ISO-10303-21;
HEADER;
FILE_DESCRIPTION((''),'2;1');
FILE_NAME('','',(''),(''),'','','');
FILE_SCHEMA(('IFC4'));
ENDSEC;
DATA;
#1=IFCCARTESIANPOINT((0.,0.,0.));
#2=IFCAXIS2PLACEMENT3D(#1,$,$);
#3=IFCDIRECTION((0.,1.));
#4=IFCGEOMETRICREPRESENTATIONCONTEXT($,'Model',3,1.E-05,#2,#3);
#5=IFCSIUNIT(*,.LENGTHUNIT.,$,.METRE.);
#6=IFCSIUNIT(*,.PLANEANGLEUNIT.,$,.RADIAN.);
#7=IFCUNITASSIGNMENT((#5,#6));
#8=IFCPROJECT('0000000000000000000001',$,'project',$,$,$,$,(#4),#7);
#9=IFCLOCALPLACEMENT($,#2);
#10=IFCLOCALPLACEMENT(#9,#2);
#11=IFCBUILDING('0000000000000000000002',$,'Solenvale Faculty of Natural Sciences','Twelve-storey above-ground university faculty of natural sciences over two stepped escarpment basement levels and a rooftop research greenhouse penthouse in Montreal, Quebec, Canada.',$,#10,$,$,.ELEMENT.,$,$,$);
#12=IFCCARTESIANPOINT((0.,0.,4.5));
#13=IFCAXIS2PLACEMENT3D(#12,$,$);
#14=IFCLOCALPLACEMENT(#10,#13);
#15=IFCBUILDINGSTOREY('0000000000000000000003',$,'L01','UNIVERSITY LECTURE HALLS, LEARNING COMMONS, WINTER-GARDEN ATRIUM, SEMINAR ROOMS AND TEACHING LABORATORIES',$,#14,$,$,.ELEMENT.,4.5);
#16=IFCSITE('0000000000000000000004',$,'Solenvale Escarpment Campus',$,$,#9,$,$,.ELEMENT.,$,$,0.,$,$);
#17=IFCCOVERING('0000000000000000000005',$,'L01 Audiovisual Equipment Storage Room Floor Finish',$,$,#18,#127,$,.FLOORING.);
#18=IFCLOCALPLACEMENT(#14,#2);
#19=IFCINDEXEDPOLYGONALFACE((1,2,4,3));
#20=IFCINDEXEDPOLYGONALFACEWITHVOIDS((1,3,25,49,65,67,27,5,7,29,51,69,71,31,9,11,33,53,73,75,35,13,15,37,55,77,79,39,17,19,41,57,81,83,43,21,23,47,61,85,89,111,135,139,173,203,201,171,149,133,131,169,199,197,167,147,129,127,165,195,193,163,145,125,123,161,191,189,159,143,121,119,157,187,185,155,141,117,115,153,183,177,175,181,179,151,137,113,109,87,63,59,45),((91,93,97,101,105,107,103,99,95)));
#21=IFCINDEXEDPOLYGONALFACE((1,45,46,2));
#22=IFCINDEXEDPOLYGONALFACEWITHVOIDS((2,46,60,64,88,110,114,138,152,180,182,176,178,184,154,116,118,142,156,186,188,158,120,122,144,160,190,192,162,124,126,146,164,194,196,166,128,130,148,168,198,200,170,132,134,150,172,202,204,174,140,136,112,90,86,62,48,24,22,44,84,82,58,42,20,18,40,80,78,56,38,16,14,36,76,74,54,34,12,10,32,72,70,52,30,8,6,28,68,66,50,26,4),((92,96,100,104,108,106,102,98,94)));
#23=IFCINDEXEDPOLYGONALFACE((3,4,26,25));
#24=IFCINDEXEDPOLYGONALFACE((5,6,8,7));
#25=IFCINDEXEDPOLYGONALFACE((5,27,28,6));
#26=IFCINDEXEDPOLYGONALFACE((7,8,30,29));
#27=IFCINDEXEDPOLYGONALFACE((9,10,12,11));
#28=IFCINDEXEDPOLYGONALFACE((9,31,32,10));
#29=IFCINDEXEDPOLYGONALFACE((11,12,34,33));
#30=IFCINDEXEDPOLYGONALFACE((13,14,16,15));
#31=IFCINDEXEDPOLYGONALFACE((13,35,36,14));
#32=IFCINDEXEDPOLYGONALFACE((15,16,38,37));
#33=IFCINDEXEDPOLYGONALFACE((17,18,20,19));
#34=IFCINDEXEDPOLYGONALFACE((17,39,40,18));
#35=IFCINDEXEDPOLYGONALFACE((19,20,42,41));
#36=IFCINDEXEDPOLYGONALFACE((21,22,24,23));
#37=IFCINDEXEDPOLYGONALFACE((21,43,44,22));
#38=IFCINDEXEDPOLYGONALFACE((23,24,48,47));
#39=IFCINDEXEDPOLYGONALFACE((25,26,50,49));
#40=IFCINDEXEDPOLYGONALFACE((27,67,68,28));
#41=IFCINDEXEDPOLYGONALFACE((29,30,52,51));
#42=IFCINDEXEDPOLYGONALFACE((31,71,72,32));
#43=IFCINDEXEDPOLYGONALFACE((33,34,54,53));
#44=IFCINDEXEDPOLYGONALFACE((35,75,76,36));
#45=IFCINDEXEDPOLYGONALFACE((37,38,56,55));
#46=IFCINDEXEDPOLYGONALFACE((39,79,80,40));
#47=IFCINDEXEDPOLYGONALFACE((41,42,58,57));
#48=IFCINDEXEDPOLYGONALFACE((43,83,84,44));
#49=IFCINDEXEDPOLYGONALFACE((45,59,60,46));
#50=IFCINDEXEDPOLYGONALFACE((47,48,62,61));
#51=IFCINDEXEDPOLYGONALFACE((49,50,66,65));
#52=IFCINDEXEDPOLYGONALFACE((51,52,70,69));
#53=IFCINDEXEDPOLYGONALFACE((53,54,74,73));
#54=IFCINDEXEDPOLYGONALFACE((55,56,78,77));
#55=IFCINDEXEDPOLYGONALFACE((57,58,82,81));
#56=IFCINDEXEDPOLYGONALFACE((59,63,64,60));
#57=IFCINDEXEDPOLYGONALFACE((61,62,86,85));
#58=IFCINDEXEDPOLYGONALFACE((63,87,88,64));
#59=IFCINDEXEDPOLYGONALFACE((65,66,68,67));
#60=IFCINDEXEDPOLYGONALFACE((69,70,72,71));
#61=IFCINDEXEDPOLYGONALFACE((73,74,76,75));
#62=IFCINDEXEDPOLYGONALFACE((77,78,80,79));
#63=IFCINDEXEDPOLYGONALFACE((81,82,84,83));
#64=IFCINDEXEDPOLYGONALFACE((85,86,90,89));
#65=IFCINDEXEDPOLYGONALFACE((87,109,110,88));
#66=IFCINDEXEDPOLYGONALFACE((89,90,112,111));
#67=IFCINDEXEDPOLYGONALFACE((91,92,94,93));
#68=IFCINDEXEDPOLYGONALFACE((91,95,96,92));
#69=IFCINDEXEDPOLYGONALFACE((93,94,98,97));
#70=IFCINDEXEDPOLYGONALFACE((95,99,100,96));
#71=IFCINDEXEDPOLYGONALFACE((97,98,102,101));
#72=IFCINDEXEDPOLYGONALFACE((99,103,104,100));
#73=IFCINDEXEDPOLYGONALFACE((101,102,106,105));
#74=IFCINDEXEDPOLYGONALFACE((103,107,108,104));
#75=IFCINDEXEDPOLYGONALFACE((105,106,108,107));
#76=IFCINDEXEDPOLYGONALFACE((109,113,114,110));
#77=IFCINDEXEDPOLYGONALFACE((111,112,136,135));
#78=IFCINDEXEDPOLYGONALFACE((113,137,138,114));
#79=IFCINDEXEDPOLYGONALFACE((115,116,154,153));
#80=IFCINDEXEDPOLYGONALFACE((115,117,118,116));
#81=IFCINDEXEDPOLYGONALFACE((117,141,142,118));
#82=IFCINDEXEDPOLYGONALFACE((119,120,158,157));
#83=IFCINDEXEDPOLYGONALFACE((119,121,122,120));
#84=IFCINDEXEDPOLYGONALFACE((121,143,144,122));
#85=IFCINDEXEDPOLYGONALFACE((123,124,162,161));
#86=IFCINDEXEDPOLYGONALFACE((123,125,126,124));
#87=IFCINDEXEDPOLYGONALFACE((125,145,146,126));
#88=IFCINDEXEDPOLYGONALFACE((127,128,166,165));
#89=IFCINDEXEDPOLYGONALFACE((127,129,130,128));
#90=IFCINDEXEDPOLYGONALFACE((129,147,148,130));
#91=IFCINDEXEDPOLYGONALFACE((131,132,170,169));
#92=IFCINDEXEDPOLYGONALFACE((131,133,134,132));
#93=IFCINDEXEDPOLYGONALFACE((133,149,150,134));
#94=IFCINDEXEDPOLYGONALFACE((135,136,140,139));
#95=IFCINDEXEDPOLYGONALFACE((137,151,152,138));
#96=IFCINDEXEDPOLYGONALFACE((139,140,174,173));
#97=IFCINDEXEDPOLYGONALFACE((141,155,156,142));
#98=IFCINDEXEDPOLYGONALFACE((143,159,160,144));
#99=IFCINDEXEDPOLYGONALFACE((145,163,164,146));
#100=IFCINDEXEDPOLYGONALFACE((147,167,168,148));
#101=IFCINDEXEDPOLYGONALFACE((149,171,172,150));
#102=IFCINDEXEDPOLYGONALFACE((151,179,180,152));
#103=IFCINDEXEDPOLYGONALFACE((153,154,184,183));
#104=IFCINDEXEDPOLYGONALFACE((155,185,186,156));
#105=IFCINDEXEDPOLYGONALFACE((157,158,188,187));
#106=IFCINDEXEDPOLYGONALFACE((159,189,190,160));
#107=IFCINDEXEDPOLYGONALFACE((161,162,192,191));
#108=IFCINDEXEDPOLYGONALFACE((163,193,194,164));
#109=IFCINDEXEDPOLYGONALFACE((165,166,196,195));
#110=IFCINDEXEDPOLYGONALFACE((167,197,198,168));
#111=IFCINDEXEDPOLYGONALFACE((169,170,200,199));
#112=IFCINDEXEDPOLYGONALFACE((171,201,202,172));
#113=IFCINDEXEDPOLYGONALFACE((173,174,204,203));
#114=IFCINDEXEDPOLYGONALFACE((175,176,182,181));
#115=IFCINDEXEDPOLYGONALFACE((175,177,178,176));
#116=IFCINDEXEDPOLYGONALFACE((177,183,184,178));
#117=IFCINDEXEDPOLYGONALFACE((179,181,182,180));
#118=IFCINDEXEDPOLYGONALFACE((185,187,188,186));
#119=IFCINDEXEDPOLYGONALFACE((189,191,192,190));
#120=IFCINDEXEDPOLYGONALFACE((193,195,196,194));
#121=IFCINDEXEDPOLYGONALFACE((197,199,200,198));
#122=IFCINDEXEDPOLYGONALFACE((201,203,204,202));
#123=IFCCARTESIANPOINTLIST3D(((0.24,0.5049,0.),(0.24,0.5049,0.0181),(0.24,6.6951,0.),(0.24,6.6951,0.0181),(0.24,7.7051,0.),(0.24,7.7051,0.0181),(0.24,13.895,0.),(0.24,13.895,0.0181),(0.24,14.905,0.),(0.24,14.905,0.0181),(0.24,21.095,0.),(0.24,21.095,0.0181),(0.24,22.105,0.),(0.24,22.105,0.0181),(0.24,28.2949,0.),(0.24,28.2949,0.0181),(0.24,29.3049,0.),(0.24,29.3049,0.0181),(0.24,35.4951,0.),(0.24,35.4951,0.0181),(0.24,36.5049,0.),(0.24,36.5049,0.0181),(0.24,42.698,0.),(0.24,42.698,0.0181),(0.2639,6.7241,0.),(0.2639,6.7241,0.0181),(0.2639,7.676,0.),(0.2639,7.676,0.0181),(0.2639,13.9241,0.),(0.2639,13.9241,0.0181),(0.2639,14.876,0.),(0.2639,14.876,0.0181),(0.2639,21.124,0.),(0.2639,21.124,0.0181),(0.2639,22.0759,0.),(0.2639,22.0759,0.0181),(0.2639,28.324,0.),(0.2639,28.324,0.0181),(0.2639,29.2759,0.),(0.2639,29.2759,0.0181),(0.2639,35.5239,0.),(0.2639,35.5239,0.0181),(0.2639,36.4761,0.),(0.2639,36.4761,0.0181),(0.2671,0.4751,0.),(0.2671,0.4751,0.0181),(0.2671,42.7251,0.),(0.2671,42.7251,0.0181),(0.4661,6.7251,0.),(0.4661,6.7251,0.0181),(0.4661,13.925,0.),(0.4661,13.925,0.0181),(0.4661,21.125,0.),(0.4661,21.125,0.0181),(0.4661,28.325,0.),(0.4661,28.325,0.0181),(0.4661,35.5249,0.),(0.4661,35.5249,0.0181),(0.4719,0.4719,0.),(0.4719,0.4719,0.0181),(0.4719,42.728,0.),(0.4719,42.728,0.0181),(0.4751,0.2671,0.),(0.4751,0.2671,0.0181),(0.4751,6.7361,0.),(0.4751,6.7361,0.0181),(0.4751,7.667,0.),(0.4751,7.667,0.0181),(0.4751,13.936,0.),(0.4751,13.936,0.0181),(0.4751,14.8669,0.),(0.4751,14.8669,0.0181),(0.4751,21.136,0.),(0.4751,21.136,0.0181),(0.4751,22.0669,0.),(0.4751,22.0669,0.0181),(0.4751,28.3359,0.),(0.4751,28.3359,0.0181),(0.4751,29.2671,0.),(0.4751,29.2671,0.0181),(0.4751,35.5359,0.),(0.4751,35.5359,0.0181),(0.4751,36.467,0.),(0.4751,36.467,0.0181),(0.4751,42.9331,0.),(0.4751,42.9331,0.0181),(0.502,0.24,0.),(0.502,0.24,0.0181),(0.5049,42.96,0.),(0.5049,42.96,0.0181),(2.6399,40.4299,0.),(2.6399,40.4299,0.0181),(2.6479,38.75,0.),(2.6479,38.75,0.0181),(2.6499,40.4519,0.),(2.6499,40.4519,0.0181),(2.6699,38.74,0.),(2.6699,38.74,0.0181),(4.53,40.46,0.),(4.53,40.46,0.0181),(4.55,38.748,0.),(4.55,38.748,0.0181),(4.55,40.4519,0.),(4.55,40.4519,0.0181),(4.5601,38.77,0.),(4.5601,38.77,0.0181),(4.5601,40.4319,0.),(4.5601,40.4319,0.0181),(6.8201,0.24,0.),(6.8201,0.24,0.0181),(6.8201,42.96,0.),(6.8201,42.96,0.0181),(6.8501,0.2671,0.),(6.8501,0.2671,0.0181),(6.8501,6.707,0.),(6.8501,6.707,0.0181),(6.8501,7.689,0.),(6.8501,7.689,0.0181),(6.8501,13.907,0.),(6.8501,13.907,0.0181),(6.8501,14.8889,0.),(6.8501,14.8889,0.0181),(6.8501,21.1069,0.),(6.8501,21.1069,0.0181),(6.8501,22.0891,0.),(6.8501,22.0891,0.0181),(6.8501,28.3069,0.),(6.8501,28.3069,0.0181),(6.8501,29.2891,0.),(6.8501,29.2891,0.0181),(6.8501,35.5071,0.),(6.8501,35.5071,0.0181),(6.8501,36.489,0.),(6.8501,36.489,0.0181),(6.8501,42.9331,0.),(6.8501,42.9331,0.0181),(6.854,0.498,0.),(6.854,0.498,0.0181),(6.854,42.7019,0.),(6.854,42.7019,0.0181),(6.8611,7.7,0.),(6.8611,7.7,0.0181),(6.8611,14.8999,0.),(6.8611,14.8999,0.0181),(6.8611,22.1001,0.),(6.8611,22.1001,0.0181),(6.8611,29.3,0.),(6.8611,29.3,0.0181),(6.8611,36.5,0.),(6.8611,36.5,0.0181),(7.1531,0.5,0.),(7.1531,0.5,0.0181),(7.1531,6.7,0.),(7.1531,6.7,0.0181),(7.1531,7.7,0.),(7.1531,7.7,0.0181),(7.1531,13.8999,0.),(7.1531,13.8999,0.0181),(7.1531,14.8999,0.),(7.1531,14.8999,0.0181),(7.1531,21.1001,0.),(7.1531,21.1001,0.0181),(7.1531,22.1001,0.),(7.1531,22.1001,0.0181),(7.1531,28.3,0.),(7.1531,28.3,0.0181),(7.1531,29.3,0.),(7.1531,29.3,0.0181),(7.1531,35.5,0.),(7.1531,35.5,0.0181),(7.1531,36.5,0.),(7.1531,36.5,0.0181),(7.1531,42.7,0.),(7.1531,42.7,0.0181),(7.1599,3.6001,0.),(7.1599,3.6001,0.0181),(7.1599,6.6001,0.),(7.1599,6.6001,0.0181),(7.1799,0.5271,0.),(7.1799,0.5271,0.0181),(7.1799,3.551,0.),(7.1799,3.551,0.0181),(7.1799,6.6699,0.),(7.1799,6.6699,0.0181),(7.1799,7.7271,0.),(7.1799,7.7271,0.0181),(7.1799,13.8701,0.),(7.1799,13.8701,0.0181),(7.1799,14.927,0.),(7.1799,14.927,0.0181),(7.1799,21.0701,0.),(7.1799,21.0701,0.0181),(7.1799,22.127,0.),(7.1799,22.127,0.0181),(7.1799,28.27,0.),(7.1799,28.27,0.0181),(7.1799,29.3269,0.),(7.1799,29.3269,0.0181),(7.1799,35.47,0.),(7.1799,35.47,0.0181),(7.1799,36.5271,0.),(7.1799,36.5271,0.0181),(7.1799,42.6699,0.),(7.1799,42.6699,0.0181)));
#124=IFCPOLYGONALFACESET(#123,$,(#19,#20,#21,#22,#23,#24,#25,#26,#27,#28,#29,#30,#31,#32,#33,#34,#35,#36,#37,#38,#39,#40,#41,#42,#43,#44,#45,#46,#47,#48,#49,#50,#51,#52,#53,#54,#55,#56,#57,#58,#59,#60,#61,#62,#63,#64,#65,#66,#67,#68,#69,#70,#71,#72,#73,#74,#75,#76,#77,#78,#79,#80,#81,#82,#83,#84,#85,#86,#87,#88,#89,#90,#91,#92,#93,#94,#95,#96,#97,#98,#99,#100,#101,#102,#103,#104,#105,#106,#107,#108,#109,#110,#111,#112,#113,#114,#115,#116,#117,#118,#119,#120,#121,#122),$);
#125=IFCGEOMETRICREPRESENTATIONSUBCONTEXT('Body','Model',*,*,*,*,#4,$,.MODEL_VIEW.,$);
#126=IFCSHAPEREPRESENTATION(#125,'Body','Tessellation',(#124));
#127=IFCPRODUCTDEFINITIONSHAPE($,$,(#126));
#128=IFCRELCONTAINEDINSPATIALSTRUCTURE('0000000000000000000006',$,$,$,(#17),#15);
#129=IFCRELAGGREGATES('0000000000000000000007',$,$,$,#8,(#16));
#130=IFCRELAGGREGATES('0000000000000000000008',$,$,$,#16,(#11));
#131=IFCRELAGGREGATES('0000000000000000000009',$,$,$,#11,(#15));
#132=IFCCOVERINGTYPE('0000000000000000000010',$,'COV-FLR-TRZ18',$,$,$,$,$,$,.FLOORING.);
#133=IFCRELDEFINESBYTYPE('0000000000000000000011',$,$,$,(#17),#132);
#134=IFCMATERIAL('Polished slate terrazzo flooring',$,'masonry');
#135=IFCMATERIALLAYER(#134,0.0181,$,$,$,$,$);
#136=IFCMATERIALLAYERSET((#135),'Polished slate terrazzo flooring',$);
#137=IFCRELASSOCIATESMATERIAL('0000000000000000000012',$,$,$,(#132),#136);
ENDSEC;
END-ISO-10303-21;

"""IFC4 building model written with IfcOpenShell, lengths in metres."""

from ifc_helpers import new_model, si_unit, direction, frame, origin, place, context, subcontext, project, spatial, polyline, outline, extrude, material, layer, layer_set, type_object, element, save


model = new_model("IFC4")

# Units and contexts
model_context = context("Model", 3, precision=1e-05, world=origin(), true_north=direction((0.0, 1.0)))
body_context = subcontext(model_context, "Body", "Model", "MODEL_VIEW")
ifc_project = project(units=[si_unit("LENGTHUNIT", "METRE"), si_unit("PLANEANGLEUNIT", "RADIAN")], contexts=[model_context])

# Site, building, storey
site_placement = place(None, origin())
site = spatial("IfcSite", under=ifc_project, at=site_placement, Name="Solenvale Escarpment Campus", CompositionType="ELEMENT", RefElevation=0.0)
building_placement = place(site_placement, origin())
building = spatial("IfcBuilding", under=site, at=building_placement, Name="Solenvale Faculty of Natural Sciences", Description="Twelve-storey above-ground university faculty of natural sciences over two stepped escarpment basement levels and a rooftop research greenhouse penthouse in Montreal, Quebec, Canada.", CompositionType="ELEMENT")
storey_placement = place(building_placement, frame((0.0, 0.0, 4.5)))
storey = spatial("IfcBuildingStorey", under=building, at=storey_placement, Name="L01", Description="UNIVERSITY LECTURE HALLS, LEARNING COMMONS, WINTER-GARDEN ATRIUM, SEMINAR ROOMS AND TEACHING LABORATORIES", CompositionType="ELEMENT", Elevation=4.5)

# Covering
ifc_material_1 = material(Name="Polished slate terrazzo flooring", Category="masonry")
ifc_layer_1 = layer(ifc_material_1, 0.0181)
ifc_layer_set_1 = layer_set([ifc_layer_1], Name="Polished slate terrazzo flooring")
covering_type_1 = type_object("IfcCoveringType", Name="COV-FLR-TRZ18", PredefinedType="FLOORING", material=ifc_layer_set_1)
covering_1_placement = place(storey_placement, origin())
element("IfcCovering", 1, at=covering_1_placement, inside=storey, type_object=covering_type_1, Name="L01 Audiovisual Equipment Storage Room Floor Finish", PredefinedType="FLOORING", context=body_context, shape_type="SweptSolid", body=[
    extrude(outline(polyline([(6.8201, 42.96), (6.8501, 42.9331), (6.854, 42.7019), (7.1531, 42.7), (7.1799, 42.6699), (7.1799, 36.5271), (7.1531, 36.5), (6.8611, 36.5), (6.8501, 36.489), (6.8501, 35.5071), (7.1531, 35.5), (7.1799, 35.47), (7.1799, 29.3269), (7.1531, 29.3), (6.8611, 29.3), (6.8501, 29.2891), (6.8501, 28.3069), (7.1531, 28.3), (7.1799, 28.27), (7.1799, 22.127), (7.1531, 22.1001), (6.8611, 22.1001), (6.8501, 22.0891), (6.8501, 21.1069), (7.1531, 21.1001), (7.1799, 21.0701), (7.1799, 14.927), (7.1531, 14.8999), (6.8611, 14.8999), (6.8501, 14.8889), (6.8501, 13.907), (7.1531, 13.8999), (7.1799, 13.8701), (7.1799, 7.7271), (7.1531, 7.7), (6.8611, 7.7), (6.8501, 7.689), (6.8501, 6.707), (7.1531, 6.7), (7.1799, 6.6699), (7.1599, 6.6001), (7.1599, 3.6001), (7.1799, 3.551), (7.1799, 0.5271), (7.1531, 0.5), (6.854, 0.498), (6.8501, 0.2671), (6.8201, 0.24), (0.502, 0.24), (0.4751, 0.2671), (0.4719, 0.4719), (0.2671, 0.4751), (0.24, 0.5049), (0.24, 6.6951), (0.2639, 6.7241), (0.4661, 6.7251), (0.4751, 6.7361), (0.4751, 7.667), (0.2639, 7.676), (0.24, 7.7051), (0.24, 13.895), (0.2639, 13.9241), (0.4661, 13.925), (0.4751, 13.936), (0.4751, 14.8669), (0.2639, 14.876), (0.24, 14.905), (0.24, 21.095), (0.2639, 21.124), (0.4661, 21.125), (0.4751, 21.136), (0.4751, 22.0669), (0.2639, 22.0759), (0.24, 22.105), (0.24, 28.2949), (0.2639, 28.324), (0.4661, 28.325), (0.4751, 28.3359), (0.4751, 29.2671), (0.2639, 29.2759), (0.24, 29.3049), (0.24, 35.4951), (0.2639, 35.5239), (0.4661, 35.5249), (0.4751, 35.5359), (0.4751, 36.467), (0.2639, 36.4761), (0.24, 36.5049), (0.24, 42.698), (0.2671, 42.7251), (0.4719, 42.728), (0.4751, 42.9331), (0.5049, 42.96), (6.8201, 42.96)]), holes=[polyline([(4.5601, 40.4319), (4.55, 40.4519), (4.53, 40.46), (2.6499, 40.4519), (2.6399, 40.4299), (2.6479, 38.75), (2.6699, 38.74), (4.55, 38.748), (4.5601, 38.77), (4.5601, 40.4319)])]), origin(), (0.0, 0.0, 1.0), 0.0181),
])

save(model, "model.ifc")
